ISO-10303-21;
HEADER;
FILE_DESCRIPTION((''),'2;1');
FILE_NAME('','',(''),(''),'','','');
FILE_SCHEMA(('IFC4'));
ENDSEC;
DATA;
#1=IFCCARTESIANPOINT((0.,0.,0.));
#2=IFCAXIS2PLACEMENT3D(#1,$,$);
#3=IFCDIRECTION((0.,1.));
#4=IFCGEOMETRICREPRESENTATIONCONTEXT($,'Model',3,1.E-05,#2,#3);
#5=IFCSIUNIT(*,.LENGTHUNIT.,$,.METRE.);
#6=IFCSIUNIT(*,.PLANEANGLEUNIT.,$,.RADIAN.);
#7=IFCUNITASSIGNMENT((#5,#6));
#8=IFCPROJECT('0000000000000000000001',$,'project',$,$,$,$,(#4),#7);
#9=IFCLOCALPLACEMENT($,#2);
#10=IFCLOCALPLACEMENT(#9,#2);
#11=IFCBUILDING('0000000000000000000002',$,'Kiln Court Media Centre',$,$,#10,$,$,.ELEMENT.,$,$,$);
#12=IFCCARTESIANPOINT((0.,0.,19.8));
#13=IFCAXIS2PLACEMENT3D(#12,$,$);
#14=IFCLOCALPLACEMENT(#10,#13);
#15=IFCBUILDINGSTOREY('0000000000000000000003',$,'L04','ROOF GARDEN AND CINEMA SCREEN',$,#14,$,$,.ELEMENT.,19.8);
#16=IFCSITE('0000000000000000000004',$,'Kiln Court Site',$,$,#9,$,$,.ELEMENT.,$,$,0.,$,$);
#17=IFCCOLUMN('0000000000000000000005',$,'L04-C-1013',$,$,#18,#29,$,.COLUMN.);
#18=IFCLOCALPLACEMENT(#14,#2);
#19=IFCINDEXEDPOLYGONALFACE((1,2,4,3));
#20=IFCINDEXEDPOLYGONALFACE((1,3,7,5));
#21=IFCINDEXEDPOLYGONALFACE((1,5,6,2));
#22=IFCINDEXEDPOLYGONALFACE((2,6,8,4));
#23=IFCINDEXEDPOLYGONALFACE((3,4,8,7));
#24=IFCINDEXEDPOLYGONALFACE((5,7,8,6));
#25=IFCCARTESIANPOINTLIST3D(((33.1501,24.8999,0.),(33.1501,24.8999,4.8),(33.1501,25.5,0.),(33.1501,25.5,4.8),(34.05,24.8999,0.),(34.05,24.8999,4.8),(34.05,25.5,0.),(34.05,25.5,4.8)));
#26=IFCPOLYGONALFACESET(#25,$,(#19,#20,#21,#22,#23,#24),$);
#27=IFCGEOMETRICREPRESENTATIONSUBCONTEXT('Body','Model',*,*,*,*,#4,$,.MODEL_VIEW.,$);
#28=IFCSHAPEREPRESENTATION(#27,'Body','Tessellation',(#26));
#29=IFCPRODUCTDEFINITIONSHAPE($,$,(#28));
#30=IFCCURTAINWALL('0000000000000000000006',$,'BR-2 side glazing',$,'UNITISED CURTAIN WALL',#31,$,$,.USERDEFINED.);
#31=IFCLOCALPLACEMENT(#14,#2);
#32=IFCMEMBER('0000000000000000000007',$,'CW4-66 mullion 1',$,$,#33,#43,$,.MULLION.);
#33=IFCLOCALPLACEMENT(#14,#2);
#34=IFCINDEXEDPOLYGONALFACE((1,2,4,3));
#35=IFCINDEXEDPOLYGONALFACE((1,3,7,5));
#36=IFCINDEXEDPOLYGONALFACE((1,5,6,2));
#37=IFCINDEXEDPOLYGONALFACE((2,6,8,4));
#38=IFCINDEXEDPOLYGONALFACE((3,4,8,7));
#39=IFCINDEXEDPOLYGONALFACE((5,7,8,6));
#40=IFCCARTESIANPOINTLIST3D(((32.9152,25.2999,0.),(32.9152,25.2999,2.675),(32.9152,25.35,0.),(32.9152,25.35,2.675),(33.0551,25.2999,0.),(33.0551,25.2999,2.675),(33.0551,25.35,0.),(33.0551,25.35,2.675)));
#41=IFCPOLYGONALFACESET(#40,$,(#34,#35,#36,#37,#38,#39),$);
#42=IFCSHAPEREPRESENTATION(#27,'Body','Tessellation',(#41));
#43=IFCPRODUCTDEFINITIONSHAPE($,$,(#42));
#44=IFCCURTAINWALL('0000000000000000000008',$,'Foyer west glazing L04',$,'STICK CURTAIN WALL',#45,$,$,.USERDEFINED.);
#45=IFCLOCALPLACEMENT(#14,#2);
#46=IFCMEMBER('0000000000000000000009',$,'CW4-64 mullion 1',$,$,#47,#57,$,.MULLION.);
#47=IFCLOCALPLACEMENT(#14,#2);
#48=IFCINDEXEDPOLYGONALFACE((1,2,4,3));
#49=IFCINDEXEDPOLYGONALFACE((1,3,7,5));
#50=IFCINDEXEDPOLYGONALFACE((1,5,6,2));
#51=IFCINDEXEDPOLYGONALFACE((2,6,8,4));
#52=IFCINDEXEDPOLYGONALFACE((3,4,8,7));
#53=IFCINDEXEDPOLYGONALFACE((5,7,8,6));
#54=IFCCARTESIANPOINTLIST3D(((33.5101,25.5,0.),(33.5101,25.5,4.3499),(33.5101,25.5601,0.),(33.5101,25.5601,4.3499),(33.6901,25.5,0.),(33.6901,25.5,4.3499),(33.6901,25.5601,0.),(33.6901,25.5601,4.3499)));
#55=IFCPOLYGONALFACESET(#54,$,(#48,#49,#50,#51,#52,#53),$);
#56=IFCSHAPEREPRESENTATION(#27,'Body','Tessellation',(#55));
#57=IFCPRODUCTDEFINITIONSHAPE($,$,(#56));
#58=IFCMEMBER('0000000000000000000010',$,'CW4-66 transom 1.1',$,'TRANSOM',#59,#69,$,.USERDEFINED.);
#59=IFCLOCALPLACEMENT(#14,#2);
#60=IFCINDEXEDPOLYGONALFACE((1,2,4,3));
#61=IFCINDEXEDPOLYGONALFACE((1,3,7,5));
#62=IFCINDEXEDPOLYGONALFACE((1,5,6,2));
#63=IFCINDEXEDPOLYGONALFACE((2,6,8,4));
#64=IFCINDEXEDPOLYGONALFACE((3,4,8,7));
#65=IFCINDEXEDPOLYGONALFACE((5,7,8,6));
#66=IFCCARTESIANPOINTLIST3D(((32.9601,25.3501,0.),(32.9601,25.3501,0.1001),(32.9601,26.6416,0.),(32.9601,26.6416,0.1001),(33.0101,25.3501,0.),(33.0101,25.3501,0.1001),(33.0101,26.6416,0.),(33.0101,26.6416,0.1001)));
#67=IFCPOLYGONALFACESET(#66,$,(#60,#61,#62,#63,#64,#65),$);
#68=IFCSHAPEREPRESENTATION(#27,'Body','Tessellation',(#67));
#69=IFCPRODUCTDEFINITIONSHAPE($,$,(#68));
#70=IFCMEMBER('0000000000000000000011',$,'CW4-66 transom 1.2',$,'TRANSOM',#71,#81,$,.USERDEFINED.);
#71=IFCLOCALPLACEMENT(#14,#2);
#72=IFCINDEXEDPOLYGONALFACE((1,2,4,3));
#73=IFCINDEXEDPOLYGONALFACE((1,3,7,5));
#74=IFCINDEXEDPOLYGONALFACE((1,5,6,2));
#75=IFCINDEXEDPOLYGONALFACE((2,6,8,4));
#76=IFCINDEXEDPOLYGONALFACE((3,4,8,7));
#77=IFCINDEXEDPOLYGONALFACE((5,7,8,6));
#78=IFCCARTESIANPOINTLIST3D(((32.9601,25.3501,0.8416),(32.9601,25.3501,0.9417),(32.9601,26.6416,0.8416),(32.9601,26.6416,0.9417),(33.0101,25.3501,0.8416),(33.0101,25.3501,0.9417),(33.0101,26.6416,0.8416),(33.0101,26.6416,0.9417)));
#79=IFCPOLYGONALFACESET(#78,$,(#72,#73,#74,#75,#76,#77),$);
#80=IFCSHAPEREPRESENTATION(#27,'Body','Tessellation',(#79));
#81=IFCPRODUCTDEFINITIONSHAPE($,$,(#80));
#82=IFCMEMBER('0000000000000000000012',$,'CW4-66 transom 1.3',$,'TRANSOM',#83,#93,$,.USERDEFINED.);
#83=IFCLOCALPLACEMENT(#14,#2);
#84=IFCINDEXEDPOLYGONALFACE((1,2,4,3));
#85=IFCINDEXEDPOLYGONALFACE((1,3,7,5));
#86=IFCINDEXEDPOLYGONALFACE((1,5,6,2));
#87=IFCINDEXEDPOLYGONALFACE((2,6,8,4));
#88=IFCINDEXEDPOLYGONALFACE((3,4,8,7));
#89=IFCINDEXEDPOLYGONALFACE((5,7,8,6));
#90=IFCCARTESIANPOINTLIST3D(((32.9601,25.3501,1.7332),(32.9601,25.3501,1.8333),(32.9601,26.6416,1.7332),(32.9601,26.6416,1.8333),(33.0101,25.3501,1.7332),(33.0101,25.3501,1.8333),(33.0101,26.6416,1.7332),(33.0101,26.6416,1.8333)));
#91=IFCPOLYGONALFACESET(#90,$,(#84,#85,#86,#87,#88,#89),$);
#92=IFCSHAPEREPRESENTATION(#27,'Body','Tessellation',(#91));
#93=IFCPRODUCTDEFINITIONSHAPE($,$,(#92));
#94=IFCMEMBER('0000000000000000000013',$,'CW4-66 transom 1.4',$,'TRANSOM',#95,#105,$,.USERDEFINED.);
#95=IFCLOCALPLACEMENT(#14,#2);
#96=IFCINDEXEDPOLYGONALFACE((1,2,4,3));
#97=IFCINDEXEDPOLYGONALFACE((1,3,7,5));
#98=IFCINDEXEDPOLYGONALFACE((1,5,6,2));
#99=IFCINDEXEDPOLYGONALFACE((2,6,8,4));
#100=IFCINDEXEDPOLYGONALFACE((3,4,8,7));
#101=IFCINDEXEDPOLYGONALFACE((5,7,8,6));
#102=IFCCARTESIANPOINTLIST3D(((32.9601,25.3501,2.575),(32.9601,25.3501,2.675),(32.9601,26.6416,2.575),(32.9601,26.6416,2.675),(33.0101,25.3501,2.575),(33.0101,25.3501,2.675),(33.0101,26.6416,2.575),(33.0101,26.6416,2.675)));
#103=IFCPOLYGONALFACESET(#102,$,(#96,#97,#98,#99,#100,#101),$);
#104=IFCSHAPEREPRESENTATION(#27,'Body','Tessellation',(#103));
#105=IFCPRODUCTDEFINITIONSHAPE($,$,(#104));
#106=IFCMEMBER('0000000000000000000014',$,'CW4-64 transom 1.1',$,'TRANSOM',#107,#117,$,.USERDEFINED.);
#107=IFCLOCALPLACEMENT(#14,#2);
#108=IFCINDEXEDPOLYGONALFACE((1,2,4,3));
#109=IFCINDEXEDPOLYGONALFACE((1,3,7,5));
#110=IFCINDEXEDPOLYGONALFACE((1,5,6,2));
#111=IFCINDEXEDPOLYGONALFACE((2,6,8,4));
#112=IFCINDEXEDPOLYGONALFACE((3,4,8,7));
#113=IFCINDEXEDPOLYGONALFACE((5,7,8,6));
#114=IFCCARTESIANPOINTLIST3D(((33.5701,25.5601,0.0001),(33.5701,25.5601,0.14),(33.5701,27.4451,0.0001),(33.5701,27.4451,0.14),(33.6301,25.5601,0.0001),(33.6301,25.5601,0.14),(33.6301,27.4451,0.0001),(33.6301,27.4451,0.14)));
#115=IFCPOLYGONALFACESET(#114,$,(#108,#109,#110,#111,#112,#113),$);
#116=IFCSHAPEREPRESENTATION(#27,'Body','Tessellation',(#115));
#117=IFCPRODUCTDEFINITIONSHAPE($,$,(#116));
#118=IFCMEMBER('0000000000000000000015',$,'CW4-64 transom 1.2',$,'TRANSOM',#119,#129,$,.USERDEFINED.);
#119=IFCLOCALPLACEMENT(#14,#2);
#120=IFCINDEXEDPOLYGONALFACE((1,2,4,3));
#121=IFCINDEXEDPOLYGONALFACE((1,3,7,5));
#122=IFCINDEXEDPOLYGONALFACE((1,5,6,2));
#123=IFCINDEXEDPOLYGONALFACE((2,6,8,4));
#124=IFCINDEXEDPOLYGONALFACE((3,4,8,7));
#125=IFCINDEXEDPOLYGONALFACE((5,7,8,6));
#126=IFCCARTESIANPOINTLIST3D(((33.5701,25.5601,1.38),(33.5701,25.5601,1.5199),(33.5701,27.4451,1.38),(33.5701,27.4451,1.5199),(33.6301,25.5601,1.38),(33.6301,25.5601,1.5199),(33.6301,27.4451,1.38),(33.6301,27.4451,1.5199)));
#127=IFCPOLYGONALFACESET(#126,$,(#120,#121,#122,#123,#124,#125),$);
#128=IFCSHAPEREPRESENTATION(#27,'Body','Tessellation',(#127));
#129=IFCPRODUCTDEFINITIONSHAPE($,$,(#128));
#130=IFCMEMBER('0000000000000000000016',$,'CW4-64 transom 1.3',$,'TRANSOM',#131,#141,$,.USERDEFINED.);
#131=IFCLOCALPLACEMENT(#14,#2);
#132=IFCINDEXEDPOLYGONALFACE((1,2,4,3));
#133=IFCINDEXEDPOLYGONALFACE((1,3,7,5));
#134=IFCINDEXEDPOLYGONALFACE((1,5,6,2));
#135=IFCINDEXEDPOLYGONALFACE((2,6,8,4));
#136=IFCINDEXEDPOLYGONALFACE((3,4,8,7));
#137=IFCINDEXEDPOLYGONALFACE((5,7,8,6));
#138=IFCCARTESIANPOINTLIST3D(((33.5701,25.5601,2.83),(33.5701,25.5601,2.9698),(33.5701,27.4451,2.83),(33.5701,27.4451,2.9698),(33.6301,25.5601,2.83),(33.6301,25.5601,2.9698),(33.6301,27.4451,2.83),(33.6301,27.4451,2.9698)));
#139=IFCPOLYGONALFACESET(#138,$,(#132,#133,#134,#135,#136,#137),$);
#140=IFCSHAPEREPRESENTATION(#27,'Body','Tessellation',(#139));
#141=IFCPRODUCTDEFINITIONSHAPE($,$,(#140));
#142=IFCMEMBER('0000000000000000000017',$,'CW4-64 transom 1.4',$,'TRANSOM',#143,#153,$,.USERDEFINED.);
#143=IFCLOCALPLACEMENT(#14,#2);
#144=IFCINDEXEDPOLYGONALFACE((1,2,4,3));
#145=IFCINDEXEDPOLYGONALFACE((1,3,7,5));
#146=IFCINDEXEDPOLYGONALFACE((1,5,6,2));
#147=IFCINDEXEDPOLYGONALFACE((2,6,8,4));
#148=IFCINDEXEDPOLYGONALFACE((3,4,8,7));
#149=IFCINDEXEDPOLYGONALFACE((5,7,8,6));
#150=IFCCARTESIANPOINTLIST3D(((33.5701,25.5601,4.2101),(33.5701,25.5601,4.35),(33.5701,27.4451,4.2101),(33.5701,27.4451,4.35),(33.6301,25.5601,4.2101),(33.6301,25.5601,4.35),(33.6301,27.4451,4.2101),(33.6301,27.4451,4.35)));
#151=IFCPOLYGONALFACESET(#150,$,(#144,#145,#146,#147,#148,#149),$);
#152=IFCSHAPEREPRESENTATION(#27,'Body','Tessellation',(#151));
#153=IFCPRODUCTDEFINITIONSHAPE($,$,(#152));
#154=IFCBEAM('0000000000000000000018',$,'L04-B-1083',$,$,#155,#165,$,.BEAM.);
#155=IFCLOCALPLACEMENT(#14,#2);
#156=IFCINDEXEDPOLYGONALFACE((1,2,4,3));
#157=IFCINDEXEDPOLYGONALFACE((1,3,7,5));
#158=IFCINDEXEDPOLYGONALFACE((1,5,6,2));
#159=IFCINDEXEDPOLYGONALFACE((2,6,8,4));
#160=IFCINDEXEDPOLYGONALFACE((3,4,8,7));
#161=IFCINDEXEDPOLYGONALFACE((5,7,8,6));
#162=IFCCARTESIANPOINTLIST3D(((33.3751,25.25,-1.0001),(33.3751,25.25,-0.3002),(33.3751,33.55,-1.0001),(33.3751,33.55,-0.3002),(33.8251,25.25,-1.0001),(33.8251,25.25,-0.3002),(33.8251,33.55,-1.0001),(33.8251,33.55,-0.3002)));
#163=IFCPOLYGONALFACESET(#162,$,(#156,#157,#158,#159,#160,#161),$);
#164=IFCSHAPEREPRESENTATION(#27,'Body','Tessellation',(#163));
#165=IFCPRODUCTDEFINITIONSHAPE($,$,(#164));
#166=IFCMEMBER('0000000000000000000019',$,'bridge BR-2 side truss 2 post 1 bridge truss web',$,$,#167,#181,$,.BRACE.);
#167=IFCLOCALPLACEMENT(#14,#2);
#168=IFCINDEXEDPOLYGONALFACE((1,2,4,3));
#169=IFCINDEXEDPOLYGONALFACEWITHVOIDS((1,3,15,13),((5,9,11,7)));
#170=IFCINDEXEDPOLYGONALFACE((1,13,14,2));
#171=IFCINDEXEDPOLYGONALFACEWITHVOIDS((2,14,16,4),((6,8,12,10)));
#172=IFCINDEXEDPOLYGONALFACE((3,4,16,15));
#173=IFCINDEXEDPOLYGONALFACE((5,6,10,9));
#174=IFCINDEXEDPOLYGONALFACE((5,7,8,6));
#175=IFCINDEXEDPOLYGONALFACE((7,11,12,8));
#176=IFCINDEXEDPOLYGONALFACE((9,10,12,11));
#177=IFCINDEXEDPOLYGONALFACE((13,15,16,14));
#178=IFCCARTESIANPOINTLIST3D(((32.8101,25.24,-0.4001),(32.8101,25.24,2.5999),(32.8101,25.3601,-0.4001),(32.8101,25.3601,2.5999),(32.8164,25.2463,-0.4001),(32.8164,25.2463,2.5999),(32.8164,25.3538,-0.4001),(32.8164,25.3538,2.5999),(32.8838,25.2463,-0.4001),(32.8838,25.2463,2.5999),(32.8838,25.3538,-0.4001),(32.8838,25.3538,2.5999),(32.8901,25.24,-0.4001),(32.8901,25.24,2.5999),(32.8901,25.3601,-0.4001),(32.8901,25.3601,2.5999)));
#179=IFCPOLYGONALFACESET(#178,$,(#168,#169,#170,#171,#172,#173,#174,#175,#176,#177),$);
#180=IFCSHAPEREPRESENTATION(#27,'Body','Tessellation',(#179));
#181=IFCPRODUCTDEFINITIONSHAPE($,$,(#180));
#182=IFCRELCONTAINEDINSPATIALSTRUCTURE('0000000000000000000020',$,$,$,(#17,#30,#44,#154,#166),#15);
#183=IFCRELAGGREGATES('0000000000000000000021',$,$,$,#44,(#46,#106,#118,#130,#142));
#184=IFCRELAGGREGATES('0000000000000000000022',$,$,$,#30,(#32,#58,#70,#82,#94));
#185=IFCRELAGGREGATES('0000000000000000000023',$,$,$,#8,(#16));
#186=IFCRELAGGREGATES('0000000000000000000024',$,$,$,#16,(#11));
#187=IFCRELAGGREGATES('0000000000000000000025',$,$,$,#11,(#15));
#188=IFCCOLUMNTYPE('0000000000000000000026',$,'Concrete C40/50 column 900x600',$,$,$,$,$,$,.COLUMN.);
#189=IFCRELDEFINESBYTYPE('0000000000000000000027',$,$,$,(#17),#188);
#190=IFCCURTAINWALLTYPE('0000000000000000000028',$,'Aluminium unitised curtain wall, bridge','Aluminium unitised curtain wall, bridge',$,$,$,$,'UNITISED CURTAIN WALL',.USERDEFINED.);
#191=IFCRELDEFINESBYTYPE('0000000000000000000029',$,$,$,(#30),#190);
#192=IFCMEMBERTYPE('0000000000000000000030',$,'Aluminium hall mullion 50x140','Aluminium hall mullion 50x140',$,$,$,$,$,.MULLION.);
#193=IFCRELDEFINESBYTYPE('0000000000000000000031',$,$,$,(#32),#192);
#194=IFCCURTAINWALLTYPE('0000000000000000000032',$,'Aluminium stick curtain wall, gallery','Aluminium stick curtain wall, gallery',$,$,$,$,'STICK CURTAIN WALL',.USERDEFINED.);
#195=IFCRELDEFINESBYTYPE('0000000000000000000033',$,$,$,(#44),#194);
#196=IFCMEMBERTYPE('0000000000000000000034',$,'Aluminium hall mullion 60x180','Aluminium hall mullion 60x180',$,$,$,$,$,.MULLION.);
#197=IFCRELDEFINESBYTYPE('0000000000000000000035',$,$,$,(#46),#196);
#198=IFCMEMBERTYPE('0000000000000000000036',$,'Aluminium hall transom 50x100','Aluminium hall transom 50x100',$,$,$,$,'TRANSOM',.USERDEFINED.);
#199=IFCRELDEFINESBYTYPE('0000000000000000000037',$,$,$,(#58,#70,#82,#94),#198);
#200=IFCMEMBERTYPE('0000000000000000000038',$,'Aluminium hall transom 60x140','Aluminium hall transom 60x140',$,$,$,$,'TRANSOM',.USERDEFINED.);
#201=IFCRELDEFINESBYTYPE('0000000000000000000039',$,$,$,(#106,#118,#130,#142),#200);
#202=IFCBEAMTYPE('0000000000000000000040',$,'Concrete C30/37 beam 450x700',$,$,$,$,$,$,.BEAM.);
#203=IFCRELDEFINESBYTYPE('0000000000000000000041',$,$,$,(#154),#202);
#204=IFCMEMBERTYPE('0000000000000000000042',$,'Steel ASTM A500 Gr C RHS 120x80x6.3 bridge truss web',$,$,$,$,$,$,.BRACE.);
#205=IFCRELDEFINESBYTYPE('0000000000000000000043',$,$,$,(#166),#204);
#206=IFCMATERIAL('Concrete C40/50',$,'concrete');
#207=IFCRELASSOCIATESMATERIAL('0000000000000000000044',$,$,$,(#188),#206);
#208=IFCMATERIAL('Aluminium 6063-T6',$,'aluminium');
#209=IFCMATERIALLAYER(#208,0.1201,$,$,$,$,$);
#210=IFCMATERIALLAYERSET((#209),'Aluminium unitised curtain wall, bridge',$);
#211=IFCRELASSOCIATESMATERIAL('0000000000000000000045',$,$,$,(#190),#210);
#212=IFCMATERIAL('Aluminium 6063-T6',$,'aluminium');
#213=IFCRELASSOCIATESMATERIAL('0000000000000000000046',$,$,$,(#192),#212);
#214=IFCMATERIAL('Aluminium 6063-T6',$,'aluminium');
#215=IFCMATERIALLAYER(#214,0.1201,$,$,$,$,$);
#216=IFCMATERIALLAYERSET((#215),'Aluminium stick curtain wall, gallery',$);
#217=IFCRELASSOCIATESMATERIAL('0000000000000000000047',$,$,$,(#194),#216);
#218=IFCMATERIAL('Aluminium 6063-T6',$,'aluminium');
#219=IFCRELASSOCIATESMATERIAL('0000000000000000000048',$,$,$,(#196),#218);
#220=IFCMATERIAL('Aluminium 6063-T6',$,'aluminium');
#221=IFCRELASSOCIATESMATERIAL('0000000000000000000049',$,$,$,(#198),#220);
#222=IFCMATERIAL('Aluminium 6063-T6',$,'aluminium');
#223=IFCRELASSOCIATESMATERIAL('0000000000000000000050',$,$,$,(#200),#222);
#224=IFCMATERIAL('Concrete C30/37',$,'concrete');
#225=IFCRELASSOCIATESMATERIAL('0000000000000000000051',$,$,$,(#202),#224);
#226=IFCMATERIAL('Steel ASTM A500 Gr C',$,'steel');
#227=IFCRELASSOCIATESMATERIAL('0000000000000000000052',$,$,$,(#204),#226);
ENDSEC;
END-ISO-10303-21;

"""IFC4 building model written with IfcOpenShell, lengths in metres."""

from ifc_helpers import new_model, si_unit, direction, frame, origin, origin_2d, place, context, subcontext, project, spatial, rectangle, hollow_rectangle, extrude, material, layer, layer_set, material_profile, profile_set, type_object, element, aggregate, save


model = new_model("IFC4")

# Units and contexts
model_context = context("Model", 3, precision=1e-05, world=origin(), true_north=direction((0.0, 1.0)))
body_context = subcontext(model_context, "Body", "Model", "MODEL_VIEW")
ifc_project = project(units=[si_unit("LENGTHUNIT", "METRE"), si_unit("PLANEANGLEUNIT", "RADIAN")], contexts=[model_context])

# Site, building, storey
site_placement = place(None, origin())
site = spatial("IfcSite", under=ifc_project, at=site_placement, Name="Kiln Court Site", CompositionType="ELEMENT", RefElevation=0.0)
building_placement = place(site_placement, origin())
building = spatial("IfcBuilding", under=site, at=building_placement, Name="Kiln Court Media Centre", CompositionType="ELEMENT")
storey_placement = place(building_placement, frame((0.0, 0.0, 19.8)))
storey = spatial("IfcBuildingStorey", under=building, at=storey_placement, Name="L04", Description="ROOF GARDEN AND CINEMA SCREEN", CompositionType="ELEMENT", Elevation=19.8)

# Column
ifc_material_1 = material(Name="Concrete C40/50", Category="concrete")
ifc_material_profile_1 = material_profile(ifc_material_1, rectangle(XDim=0.8999, YDim=0.6001, at=origin_2d()), Name="RC 900x600")
ifc_profile_set_1 = profile_set([ifc_material_profile_1], Name="Concrete C40/50")
column_type = type_object("IfcColumnType", Name="Concrete C40/50 column 900x600", PredefinedType="COLUMN", material=ifc_profile_set_1)
column_placement = place(storey_placement, frame((33.6001, 25.2, 0.0), z_axis=(0.0, 0.0, 1.0), x_axis=(1.0, 0.0, 0.0)))
element("IfcColumn", 1, at=column_placement, inside=storey, type_object=column_type, Name="L04-C-1013", PredefinedType="COLUMN", context=body_context, shape_type="SweptSolid", body=[
    extrude(rectangle(XDim=0.8999, YDim=0.6001, at=origin_2d()), origin(), (0.0, 0.0, 1.0), 4.8),
])

# Curtain walls, members
ifc_material_2 = material(Name="Aluminium 6063-T6", Category="aluminium")
ifc_layer_1 = layer(ifc_material_2, 0.1201)
ifc_layer_set_1 = layer_set([ifc_layer_1], Name="Aluminium unitised curtain wall, bridge")
curtain_wall_type_1 = type_object("IfcCurtainWallType", Name="Aluminium unitised curtain wall, bridge", Description="Aluminium unitised curtain wall, bridge", ElementType="UNITISED CURTAIN WALL", PredefinedType="USERDEFINED", material=ifc_layer_set_1)
curtain_wall_1_placement = place(storey_placement, origin())
curtain_wall_1 = element("IfcCurtainWall", 2, at=curtain_wall_1_placement, inside=storey, type_object=curtain_wall_type_1, Name="BR-2 side glazing", ObjectType="UNITISED CURTAIN WALL", PredefinedType="USERDEFINED")
ifc_material_3 = material(Name="Aluminium 6063-T6", Category="aluminium")
ifc_material_profile_2 = material_profile(ifc_material_3, rectangle(XDim=0.05, YDim=0.1399, at=origin_2d()), Name="Aluminium hall mullion 50x140")
ifc_profile_set_2 = profile_set([ifc_material_profile_2], Name="Aluminium 6063-T6")
member_type_1 = type_object("IfcMemberType", Name="Aluminium hall mullion 50x140", Description="Aluminium hall mullion 50x140", PredefinedType="MULLION", material=ifc_profile_set_2)
member_1_placement = place(storey_placement, frame((32.9851, 25.325, 0.0), z_axis=(0.0, 0.0, 1.0), x_axis=(0.0, 1.0, 0.0)))
member_1 = element("IfcMember", 3, at=member_1_placement, type_object=member_type_1, Name="CW4-66 mullion 1", PredefinedType="MULLION", context=body_context, shape_type="SweptSolid", body=[
    extrude(rectangle(XDim=0.05, YDim=0.1399, at=origin_2d()), origin(), (0.0, 0.0, 1.0), 2.675),
])
ifc_material_4 = material(Name="Aluminium 6063-T6", Category="aluminium")
ifc_layer_2 = layer(ifc_material_4, 0.1201)
ifc_layer_set_2 = layer_set([ifc_layer_2], Name="Aluminium stick curtain wall, gallery")
curtain_wall_type_2 = type_object("IfcCurtainWallType", Name="Aluminium stick curtain wall, gallery", Description="Aluminium stick curtain wall, gallery", ElementType="STICK CURTAIN WALL", PredefinedType="USERDEFINED", material=ifc_layer_set_2)
curtain_wall_2_placement = place(storey_placement, origin())
curtain_wall_2 = element("IfcCurtainWall", 4, at=curtain_wall_2_placement, inside=storey, type_object=curtain_wall_type_2, Name="Foyer west glazing L04", ObjectType="STICK CURTAIN WALL", PredefinedType="USERDEFINED")
ifc_material_5 = material(Name="Aluminium 6063-T6", Category="aluminium")
ifc_material_profile_3 = material_profile(ifc_material_5, rectangle(XDim=0.0601, YDim=0.1799, at=origin_2d()), Name="Aluminium hall mullion 60x180")
ifc_profile_set_3 = profile_set([ifc_material_profile_3], Name="Aluminium 6063-T6")
member_type_2 = type_object("IfcMemberType", Name="Aluminium hall mullion 60x180", Description="Aluminium hall mullion 60x180", PredefinedType="MULLION", material=ifc_profile_set_3)
member_2_placement = place(storey_placement, frame((33.6001, 25.53, 0.0), z_axis=(0.0, 0.0, 1.0), x_axis=(0.0, 1.0, 0.0)))
member_2 = element("IfcMember", 5, at=member_2_placement, type_object=member_type_2, Name="CW4-64 mullion 1", PredefinedType="MULLION", context=body_context, shape_type="SweptSolid", body=[
    extrude(rectangle(XDim=0.0601, YDim=0.1799, at=origin_2d()), origin(), (0.0, 0.0, 1.0), 4.3499),
])

# Members
ifc_material_6 = material(Name="Aluminium 6063-T6", Category="aluminium")
ifc_material_profile_4 = material_profile(ifc_material_6, rectangle(XDim=0.05, YDim=0.1001, at=origin_2d()), Name="Aluminium hall transom 50x100")
ifc_profile_set_4 = profile_set([ifc_material_profile_4], Name="Aluminium 6063-T6")
member_type_3 = type_object("IfcMemberType", Name="Aluminium hall transom 50x100", Description="Aluminium hall transom 50x100", ElementType="TRANSOM", PredefinedType="USERDEFINED", material=ifc_profile_set_4)
member_3_placement = place(storey_placement, frame((32.9851, 25.3501, 0.05), z_axis=(0.0, 1.0, 0.0), x_axis=(-1.0, 0.0, 0.0)))
member_3 = element("IfcMember", 6, at=member_3_placement, type_object=member_type_3, Name="CW4-66 transom 1.1", ObjectType="TRANSOM", PredefinedType="USERDEFINED", context=body_context, shape_type="SweptSolid", body=[
    extrude(rectangle(XDim=0.05, YDim=0.1001, at=origin_2d()), origin(), (0.0, 0.0, 1.0), 1.2915),
])
member_4_placement = place(storey_placement, frame((32.9851, 25.3501, 0.8916), z_axis=(0.0, 1.0, 0.0), x_axis=(-1.0, 0.0, 0.0)))
member_4 = element("IfcMember", 7, at=member_4_placement, type_object=member_type_3, Name="CW4-66 transom 1.2", ObjectType="TRANSOM", PredefinedType="USERDEFINED", context=body_context, shape_type="SweptSolid", body=[
    extrude(rectangle(XDim=0.05, YDim=0.1001, at=origin_2d()), origin(), (0.0, 0.0, 1.0), 1.2915),
])
member_5_placement = place(storey_placement, frame((32.9851, 25.3501, 1.7832), z_axis=(0.0, 1.0, 0.0), x_axis=(-1.0, 0.0, 0.0)))
member_5 = element("IfcMember", 8, at=member_5_placement, type_object=member_type_3, Name="CW4-66 transom 1.3", ObjectType="TRANSOM", PredefinedType="USERDEFINED", context=body_context, shape_type="SweptSolid", body=[
    extrude(rectangle(XDim=0.05, YDim=0.1001, at=origin_2d()), origin(), (0.0, 0.0, 1.0), 1.2915),
])
member_6_placement = place(storey_placement, frame((32.9851, 25.3501, 2.625), z_axis=(0.0, 1.0, 0.0), x_axis=(-1.0, 0.0, 0.0)))
member_6 = element("IfcMember", 9, at=member_6_placement, type_object=member_type_3, Name="CW4-66 transom 1.4", ObjectType="TRANSOM", PredefinedType="USERDEFINED", context=body_context, shape_type="SweptSolid", body=[
    extrude(rectangle(XDim=0.05, YDim=0.1001, at=origin_2d()), origin(), (0.0, 0.0, 1.0), 1.2915),
])
ifc_material_7 = material(Name="Aluminium 6063-T6", Category="aluminium")
ifc_material_profile_5 = material_profile(ifc_material_7, rectangle(XDim=0.0601, YDim=0.1399, at=origin_2d()), Name="Aluminium hall transom 60x140")
ifc_profile_set_5 = profile_set([ifc_material_profile_5], Name="Aluminium 6063-T6")
member_type_4 = type_object("IfcMemberType", Name="Aluminium hall transom 60x140", Description="Aluminium hall transom 60x140", ElementType="TRANSOM", PredefinedType="USERDEFINED", material=ifc_profile_set_5)
member_7_placement = place(storey_placement, frame((33.6001, 25.5601, 0.0701), z_axis=(0.0, 1.0, 0.0), x_axis=(-1.0, 0.0, 0.0)))
member_7 = element("IfcMember", 10, at=member_7_placement, type_object=member_type_4, Name="CW4-64 transom 1.1", ObjectType="TRANSOM", PredefinedType="USERDEFINED", context=body_context, shape_type="SweptSolid", body=[
    extrude(rectangle(XDim=0.0601, YDim=0.1399, at=origin_2d()), origin(), (0.0, 0.0, 1.0), 1.885),
])
member_8_placement = place(storey_placement, frame((33.6001, 25.5601, 1.45), z_axis=(0.0, 1.0, 0.0), x_axis=(-1.0, 0.0, 0.0)))
member_8 = element("IfcMember", 11, at=member_8_placement, type_object=member_type_4, Name="CW4-64 transom 1.2", ObjectType="TRANSOM", PredefinedType="USERDEFINED", context=body_context, shape_type="SweptSolid", body=[
    extrude(rectangle(XDim=0.0601, YDim=0.1399, at=origin_2d()), origin(), (0.0, 0.0, 1.0), 1.885),
])
member_9_placement = place(storey_placement, frame((33.6001, 25.5601, 2.8999), z_axis=(0.0, 1.0, 0.0), x_axis=(-1.0, 0.0, 0.0)))
member_9 = element("IfcMember", 12, at=member_9_placement, type_object=member_type_4, Name="CW4-64 transom 1.3", ObjectType="TRANSOM", PredefinedType="USERDEFINED", context=body_context, shape_type="SweptSolid", body=[
    extrude(rectangle(XDim=0.0601, YDim=0.1399, at=origin_2d()), origin(), (0.0, 0.0, 1.0), 1.885),
])
member_10_placement = place(storey_placement, frame((33.6001, 25.5601, 4.28), z_axis=(0.0, 1.0, 0.0), x_axis=(-1.0, 0.0, 0.0)))
member_10 = element("IfcMember", 13, at=member_10_placement, type_object=member_type_4, Name="CW4-64 transom 1.4", ObjectType="TRANSOM", PredefinedType="USERDEFINED", context=body_context, shape_type="SweptSolid", body=[
    extrude(rectangle(XDim=0.0601, YDim=0.1399, at=origin_2d()), origin(), (0.0, 0.0, 1.0), 1.885),
])
aggregate(curtain_wall_2, [member_2, member_7, member_8, member_9, member_10])

# Beam
ifc_material_8 = material(Name="Concrete C30/37", Category="concrete")
ifc_material_profile_6 = material_profile(ifc_material_8, rectangle(XDim=0.45, YDim=0.7, at=origin_2d()), Name="RC 450x700")
ifc_profile_set_6 = profile_set([ifc_material_profile_6], Name="Concrete C30/37")
beam_type = type_object("IfcBeamType", Name="Concrete C30/37 beam 450x700", PredefinedType="BEAM", material=ifc_profile_set_6)
beam_placement = place(storey_placement, frame((33.6001, 25.25, -0.6501), z_axis=(0.0, 1.0, 0.0), x_axis=(-1.0, 0.0, 0.0)))
element("IfcBeam", 14, at=beam_placement, inside=storey, type_object=beam_type, Name="L04-B-1083", PredefinedType="BEAM", context=body_context, shape_type="SweptSolid", body=[
    extrude(rectangle(XDim=0.45, YDim=0.7, at=origin_2d()), origin(), (0.0, 0.0, 1.0), 8.3),
])

# Member
ifc_material_9 = material(Name="Steel ASTM A500 Gr C", Category="steel")
ifc_material_profile_7 = material_profile(ifc_material_9, hollow_rectangle(XDim=0.0801, YDim=0.1201, WallThickness=0.0063, at=origin_2d()), Name="RHS 120x80x6.3")
ifc_profile_set_7 = profile_set([ifc_material_profile_7], Name="Steel ASTM A500 Gr C")
member_type_5 = type_object("IfcMemberType", Name="Steel ASTM A500 Gr C RHS 120x80x6.3 bridge truss web", PredefinedType="BRACE", material=ifc_profile_set_7)
member_11_placement = place(storey_placement, frame((32.8501, 25.3, -0.4001), z_axis=(0.0, 0.0, 1.0), x_axis=(1.0, 0.0, 0.0)))
element("IfcMember", 15, at=member_11_placement, inside=storey, type_object=member_type_5, Name="bridge BR-2 side truss 2 post 1 bridge truss web", PredefinedType="BRACE", context=body_context, shape_type="SweptSolid", body=[
    extrude(hollow_rectangle(XDim=0.0801, YDim=0.1201, WallThickness=0.0063, at=origin_2d()), origin(), (0.0, 0.0, 1.0), 3.0),
])

aggregate(curtain_wall_1, [member_1, member_3, member_4, member_5, member_6])

save(model, "model.ifc")
